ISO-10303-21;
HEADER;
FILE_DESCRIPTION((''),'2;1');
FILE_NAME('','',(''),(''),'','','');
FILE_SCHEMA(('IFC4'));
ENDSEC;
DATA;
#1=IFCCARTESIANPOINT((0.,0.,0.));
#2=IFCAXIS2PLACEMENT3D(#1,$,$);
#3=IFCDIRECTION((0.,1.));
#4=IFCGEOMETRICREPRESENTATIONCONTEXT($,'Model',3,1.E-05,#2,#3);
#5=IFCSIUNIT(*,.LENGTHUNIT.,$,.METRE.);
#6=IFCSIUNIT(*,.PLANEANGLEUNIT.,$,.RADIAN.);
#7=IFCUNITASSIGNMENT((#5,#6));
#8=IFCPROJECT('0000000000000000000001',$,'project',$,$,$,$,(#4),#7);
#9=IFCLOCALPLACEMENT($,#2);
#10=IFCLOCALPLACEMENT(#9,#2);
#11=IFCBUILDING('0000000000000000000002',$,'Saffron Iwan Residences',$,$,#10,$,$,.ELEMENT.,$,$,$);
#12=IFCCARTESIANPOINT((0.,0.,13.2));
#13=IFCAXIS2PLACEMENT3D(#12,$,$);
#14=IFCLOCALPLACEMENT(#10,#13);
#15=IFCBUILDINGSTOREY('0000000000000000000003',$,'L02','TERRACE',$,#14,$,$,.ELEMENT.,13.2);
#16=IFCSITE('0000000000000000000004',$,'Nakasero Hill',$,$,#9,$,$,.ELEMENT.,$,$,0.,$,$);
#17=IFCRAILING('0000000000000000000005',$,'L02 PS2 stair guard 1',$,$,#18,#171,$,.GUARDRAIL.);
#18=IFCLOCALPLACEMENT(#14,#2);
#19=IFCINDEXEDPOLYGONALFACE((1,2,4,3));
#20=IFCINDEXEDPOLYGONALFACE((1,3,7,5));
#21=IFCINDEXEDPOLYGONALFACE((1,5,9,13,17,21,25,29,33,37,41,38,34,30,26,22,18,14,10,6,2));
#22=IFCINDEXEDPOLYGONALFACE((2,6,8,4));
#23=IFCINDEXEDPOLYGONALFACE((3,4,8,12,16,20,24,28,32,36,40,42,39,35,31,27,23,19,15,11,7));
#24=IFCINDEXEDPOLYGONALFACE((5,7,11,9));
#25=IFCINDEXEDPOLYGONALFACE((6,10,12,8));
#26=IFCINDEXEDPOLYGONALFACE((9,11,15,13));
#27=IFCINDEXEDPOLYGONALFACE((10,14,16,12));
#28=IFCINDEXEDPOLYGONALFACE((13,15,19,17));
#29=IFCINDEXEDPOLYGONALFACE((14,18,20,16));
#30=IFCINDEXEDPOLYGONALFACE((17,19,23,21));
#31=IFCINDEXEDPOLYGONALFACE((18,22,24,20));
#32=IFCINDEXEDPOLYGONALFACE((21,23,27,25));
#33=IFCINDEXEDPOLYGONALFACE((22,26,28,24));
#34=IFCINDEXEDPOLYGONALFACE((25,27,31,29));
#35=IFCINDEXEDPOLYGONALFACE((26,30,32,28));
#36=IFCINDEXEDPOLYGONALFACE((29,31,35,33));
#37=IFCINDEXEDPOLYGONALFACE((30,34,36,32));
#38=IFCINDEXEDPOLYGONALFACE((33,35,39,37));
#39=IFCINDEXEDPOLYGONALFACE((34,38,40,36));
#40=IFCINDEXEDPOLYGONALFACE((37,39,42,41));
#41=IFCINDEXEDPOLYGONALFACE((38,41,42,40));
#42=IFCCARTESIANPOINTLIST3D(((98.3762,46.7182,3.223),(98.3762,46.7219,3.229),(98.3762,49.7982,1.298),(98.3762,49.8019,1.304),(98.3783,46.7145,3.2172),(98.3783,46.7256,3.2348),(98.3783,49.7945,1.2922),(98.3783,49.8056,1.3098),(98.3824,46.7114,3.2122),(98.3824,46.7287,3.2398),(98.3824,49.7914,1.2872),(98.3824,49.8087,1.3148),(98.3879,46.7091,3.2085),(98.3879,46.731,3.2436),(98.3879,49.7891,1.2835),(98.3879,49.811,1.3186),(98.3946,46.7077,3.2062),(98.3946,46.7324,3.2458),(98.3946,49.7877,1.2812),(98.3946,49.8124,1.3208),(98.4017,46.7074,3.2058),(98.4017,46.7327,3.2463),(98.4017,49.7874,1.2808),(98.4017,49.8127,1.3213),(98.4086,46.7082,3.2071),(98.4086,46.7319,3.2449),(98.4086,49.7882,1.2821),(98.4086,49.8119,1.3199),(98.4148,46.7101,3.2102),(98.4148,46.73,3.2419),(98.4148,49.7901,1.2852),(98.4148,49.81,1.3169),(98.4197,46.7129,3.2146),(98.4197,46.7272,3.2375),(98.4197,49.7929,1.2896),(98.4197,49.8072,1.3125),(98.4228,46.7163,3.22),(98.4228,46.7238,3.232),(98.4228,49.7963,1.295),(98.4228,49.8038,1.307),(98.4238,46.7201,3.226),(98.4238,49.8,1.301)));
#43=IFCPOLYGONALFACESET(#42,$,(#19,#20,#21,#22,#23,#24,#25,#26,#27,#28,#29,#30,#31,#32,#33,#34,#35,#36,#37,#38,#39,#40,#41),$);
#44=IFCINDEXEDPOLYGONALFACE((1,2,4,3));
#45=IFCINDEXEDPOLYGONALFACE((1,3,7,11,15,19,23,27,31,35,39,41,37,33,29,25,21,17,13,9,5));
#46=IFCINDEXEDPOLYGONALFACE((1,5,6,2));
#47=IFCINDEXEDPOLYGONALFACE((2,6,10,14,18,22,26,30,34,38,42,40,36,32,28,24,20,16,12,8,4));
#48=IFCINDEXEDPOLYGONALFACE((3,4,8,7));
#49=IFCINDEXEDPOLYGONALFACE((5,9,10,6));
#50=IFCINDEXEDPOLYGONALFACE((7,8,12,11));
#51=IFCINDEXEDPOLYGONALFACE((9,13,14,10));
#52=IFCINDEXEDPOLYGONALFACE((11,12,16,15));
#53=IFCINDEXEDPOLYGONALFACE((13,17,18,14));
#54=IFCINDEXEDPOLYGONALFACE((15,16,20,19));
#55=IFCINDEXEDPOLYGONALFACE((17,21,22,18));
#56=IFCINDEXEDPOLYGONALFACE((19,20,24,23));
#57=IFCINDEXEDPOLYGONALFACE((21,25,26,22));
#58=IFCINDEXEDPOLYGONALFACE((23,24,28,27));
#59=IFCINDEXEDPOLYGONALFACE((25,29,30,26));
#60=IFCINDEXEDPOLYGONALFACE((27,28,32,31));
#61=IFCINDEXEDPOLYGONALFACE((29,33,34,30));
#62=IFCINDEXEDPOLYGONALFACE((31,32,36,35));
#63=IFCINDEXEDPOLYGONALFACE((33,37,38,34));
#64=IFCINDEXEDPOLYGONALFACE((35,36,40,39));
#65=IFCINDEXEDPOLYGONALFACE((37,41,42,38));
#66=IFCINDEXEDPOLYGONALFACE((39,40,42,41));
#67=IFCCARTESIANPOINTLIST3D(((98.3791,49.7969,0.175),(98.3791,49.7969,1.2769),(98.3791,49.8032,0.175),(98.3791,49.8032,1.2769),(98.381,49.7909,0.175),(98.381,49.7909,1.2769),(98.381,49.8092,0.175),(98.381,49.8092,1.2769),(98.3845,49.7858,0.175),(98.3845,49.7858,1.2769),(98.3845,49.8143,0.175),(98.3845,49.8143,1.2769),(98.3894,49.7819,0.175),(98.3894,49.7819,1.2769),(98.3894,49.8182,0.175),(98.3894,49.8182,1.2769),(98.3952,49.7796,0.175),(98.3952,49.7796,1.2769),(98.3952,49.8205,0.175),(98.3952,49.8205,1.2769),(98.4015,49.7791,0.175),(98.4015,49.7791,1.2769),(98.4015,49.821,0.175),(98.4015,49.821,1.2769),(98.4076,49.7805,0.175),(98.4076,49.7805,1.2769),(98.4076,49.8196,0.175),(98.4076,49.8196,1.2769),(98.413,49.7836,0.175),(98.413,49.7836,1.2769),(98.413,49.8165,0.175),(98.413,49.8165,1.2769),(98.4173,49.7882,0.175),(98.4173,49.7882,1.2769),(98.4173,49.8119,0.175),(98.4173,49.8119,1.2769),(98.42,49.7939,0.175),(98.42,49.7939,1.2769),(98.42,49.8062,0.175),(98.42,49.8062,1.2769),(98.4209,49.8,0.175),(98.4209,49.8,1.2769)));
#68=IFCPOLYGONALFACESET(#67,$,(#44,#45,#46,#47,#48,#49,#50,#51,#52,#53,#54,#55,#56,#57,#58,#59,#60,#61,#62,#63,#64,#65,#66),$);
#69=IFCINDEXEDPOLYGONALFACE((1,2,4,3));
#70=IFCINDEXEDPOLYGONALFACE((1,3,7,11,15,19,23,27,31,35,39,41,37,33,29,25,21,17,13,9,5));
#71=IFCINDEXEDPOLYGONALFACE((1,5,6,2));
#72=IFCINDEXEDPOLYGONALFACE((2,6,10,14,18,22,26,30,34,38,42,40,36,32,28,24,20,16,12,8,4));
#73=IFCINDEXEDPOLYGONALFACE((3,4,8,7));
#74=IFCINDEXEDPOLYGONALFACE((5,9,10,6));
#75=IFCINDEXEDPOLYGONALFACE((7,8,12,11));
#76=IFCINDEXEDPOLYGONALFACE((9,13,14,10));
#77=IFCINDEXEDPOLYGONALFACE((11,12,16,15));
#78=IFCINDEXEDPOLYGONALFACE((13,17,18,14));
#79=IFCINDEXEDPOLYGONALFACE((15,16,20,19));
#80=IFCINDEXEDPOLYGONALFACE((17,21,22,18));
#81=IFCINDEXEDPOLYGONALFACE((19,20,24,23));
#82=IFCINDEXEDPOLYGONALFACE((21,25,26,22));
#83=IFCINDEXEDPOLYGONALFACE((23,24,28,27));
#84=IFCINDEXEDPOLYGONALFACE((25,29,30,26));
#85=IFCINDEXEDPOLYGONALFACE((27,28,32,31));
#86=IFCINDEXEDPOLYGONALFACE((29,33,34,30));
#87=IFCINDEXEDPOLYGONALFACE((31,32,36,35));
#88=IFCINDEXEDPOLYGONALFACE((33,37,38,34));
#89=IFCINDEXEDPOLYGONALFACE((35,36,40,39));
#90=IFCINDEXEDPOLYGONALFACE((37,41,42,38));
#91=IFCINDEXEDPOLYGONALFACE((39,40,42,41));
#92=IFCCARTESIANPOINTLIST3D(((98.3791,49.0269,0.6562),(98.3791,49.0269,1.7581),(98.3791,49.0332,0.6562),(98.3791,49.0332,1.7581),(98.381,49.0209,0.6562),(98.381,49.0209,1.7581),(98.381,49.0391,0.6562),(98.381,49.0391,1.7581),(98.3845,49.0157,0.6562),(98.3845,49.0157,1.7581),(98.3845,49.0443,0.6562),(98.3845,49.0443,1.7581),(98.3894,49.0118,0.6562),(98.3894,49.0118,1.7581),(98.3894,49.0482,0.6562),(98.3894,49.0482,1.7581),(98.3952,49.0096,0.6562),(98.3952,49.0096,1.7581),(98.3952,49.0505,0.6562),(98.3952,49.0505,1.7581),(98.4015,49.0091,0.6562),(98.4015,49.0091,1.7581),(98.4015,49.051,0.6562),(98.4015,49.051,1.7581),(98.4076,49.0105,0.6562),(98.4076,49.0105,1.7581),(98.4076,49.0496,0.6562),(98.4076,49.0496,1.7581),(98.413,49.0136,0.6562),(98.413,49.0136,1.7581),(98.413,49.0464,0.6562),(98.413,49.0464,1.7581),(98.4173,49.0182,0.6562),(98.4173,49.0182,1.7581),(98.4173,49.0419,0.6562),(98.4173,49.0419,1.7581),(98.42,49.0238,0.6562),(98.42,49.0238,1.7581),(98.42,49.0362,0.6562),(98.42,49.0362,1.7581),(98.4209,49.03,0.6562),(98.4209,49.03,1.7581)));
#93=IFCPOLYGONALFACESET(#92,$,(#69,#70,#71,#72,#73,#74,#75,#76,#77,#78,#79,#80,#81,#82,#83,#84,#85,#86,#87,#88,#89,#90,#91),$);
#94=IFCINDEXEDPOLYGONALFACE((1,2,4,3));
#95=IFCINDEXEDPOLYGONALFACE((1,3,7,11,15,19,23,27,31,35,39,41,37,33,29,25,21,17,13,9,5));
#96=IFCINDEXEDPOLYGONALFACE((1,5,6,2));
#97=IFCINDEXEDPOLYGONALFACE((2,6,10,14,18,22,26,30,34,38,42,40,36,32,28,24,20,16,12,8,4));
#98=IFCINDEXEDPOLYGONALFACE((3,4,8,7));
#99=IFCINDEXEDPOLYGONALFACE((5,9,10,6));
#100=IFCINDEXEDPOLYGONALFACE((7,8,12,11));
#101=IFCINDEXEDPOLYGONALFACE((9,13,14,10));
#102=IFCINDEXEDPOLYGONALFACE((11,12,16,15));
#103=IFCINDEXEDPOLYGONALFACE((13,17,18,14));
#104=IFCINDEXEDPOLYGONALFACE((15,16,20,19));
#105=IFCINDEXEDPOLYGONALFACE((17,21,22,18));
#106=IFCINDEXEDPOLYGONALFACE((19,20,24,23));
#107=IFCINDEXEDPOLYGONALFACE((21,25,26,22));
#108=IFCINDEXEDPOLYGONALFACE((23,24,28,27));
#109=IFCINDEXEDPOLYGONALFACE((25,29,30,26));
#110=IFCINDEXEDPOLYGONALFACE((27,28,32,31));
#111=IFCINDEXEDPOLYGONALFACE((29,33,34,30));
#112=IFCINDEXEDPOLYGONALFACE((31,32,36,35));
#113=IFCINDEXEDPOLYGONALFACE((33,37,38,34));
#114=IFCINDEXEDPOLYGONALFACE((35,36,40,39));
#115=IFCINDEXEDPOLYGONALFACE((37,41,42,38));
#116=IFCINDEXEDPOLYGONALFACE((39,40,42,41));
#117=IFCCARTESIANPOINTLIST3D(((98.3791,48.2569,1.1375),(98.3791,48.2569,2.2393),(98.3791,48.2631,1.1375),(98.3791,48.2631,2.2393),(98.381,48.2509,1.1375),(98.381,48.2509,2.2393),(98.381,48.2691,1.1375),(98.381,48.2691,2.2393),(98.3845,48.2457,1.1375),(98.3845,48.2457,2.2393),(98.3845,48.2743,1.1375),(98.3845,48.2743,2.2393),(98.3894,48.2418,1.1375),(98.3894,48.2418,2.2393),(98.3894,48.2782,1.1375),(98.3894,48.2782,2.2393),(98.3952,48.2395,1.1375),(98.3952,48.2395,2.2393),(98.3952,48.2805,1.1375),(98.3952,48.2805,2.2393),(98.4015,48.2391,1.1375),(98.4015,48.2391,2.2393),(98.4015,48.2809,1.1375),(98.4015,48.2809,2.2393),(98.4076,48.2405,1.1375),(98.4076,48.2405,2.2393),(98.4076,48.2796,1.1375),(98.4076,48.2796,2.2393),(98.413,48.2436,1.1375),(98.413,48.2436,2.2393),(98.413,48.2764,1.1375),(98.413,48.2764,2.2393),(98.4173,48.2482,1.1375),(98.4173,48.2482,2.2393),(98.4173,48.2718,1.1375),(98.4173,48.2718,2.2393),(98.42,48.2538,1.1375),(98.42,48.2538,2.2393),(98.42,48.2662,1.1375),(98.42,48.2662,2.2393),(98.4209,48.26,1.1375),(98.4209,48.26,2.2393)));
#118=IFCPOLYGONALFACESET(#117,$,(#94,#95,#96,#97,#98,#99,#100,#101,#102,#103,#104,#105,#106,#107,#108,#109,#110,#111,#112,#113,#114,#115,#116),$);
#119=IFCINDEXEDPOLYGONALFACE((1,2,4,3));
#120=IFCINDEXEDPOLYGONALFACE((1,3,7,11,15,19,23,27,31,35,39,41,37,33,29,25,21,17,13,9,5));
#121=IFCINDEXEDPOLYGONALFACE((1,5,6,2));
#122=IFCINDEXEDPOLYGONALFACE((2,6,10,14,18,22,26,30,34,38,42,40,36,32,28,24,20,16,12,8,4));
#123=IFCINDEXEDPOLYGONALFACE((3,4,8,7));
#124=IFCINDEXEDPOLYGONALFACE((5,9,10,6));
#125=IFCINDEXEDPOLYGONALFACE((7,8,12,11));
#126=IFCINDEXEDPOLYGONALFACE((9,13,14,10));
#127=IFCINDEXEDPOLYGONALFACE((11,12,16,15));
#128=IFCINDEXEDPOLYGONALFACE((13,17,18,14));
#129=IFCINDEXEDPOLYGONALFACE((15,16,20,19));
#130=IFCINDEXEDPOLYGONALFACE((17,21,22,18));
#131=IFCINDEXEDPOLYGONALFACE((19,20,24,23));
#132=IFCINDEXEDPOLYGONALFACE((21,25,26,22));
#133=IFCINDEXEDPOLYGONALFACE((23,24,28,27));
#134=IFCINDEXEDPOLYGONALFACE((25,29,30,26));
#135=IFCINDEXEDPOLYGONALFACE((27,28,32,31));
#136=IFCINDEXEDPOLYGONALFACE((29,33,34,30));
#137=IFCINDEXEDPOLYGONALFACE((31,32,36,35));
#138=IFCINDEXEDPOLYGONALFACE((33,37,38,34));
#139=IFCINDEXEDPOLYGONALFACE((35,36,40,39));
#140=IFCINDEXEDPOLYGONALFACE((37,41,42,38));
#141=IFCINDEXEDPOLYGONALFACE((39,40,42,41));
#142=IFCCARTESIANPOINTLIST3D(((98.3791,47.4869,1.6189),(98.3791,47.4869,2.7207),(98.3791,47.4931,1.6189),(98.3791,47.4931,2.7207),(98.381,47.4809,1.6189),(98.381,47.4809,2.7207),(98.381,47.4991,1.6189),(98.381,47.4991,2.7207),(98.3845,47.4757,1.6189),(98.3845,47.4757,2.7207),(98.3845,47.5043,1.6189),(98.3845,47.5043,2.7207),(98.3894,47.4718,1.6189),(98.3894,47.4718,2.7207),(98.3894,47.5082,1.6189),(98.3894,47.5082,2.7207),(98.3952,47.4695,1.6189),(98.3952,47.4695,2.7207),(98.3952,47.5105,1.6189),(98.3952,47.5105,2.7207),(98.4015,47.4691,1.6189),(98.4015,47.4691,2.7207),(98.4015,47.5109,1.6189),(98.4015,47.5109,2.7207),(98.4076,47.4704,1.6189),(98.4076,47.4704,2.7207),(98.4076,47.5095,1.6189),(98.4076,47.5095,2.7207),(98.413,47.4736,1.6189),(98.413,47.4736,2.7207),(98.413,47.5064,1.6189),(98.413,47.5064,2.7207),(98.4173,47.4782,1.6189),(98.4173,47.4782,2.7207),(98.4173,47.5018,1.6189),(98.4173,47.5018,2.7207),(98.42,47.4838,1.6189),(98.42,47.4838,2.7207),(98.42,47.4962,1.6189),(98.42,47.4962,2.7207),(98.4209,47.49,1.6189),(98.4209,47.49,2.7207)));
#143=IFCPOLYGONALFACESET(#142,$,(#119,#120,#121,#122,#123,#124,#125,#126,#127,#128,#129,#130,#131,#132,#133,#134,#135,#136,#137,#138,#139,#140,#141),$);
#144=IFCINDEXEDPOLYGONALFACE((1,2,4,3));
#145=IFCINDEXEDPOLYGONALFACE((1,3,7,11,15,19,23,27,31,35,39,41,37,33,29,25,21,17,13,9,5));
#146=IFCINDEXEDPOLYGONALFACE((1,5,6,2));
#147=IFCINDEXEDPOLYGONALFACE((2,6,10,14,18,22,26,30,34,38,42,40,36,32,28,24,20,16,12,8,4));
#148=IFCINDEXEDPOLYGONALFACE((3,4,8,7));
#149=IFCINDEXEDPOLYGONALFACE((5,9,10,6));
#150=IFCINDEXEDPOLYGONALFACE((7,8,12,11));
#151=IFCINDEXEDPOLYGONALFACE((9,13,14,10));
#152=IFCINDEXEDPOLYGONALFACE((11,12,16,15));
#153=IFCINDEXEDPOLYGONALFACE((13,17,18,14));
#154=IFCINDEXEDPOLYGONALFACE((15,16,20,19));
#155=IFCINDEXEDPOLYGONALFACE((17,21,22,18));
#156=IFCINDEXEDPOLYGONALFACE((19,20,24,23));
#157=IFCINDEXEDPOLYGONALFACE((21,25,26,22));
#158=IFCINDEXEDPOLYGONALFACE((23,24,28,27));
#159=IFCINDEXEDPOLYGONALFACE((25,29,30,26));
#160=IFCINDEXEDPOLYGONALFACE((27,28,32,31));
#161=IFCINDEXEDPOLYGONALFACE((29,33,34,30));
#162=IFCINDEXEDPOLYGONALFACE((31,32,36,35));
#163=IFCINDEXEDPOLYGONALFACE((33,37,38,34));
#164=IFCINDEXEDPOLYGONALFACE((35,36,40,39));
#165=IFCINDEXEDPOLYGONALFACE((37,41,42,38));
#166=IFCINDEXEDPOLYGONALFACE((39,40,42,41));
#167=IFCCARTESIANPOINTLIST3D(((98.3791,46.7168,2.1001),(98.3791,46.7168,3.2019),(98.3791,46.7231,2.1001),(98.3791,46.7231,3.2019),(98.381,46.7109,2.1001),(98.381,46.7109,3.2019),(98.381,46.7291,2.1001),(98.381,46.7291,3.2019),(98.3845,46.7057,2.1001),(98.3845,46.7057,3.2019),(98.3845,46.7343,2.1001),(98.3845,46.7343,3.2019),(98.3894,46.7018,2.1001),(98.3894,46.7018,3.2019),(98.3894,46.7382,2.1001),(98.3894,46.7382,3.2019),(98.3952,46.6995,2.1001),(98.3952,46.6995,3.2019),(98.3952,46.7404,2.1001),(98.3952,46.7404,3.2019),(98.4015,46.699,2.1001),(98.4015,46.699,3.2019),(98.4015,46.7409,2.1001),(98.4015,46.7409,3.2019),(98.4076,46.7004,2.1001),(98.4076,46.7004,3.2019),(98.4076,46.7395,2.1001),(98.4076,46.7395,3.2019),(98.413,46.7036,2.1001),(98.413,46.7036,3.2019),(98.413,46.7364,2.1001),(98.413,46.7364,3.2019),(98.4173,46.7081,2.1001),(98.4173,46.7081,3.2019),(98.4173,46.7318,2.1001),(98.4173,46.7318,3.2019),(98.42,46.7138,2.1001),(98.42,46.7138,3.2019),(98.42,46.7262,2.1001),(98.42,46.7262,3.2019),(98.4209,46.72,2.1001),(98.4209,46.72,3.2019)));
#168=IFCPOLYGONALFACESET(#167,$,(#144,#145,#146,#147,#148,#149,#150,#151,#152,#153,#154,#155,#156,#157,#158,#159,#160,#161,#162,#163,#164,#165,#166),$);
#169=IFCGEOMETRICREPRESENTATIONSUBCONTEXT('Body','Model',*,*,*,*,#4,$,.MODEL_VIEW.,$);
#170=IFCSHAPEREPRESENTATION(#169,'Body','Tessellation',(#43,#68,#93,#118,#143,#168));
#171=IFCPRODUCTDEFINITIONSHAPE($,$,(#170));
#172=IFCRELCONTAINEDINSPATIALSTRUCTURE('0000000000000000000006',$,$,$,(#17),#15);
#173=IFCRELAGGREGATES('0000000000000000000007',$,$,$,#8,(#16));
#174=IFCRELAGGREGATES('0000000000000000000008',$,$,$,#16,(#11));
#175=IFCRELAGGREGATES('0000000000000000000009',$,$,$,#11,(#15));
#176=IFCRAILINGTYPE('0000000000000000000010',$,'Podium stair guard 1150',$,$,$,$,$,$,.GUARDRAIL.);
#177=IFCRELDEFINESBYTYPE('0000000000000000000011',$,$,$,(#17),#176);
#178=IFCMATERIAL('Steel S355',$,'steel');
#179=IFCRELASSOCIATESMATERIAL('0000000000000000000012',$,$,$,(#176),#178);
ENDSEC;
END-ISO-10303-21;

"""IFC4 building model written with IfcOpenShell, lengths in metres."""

from ifc_helpers import new_model, si_unit, direction, frame, origin, origin_2d, place, context, subcontext, project, spatial, circle, extrude, material, type_object, element, save


model = new_model("IFC4")

# Units and contexts
model_context = context("Model", 3, precision=1e-05, world=origin(), true_north=direction((0.0, 1.0)))
body_context = subcontext(model_context, "Body", "Model", "MODEL_VIEW")
ifc_project = project(units=[si_unit("LENGTHUNIT", "METRE"), si_unit("PLANEANGLEUNIT", "RADIAN")], contexts=[model_context])

# Site, building, storey
site_placement = place(None, origin())
site = spatial("IfcSite", under=ifc_project, at=site_placement, Name="Nakasero Hill", CompositionType="ELEMENT", RefElevation=0.0)
building_placement = place(site_placement, origin())
building = spatial("IfcBuilding", under=site, at=building_placement, Name="Saffron Iwan Residences", CompositionType="ELEMENT")
storey_placement = place(building_placement, frame((0.0, 0.0, 13.2)))
storey = spatial("IfcBuildingStorey", under=building, at=storey_placement, Name="L02", Description="TERRACE", CompositionType="ELEMENT", Elevation=13.2)

# Railing
ifc_material_1 = material(Name="Steel S355", Category="steel")
railing_type_1 = type_object("IfcRailingType", Name="Podium stair guard 1150", PredefinedType="GUARDRAIL", material=ifc_material_1)
railing_1_placement = place(storey_placement, frame((98.3999, 49.8, 0.175)))
element("IfcRailing", 1, at=railing_1_placement, inside=storey, type_object=railing_type_1, Name="L02 PS2 stair guard 1", PredefinedType="GUARDRAIL", context=body_context, shape_type="SweptSolid", body=[
    extrude(circle(Radius=0.0239, at=origin_2d()), frame((0.0, 0.0, 1.126), z_axis=(0.0, -0.847998, 0.529999), x_axis=(1.0, 0.0, 0.0)), (0.0, 0.0, 1.0), 3.6321),
    extrude(circle(Radius=0.021, at=origin_2d()), origin(), (0.0, 0.0, 1.0), 1.1018),
    extrude(circle(Radius=0.021, at=origin_2d()), frame((0.0, -0.77, 0.4812)), (0.0, 0.0, 1.0), 1.1018),
    extrude(circle(Radius=0.021, at=origin_2d()), frame((0.0, -1.54, 0.9624)), (0.0, 0.0, 1.0), 1.1018),
    extrude(circle(Radius=0.021, at=origin_2d()), frame((0.0, -2.3101, 1.4438)), (0.0, 0.0, 1.0), 1.1018),
    extrude(circle(Radius=0.021, at=origin_2d()), frame((0.0, -3.0801, 1.925)), (0.0, 0.0, 1.0), 1.1018),
])

save(model, "model.ifc")
